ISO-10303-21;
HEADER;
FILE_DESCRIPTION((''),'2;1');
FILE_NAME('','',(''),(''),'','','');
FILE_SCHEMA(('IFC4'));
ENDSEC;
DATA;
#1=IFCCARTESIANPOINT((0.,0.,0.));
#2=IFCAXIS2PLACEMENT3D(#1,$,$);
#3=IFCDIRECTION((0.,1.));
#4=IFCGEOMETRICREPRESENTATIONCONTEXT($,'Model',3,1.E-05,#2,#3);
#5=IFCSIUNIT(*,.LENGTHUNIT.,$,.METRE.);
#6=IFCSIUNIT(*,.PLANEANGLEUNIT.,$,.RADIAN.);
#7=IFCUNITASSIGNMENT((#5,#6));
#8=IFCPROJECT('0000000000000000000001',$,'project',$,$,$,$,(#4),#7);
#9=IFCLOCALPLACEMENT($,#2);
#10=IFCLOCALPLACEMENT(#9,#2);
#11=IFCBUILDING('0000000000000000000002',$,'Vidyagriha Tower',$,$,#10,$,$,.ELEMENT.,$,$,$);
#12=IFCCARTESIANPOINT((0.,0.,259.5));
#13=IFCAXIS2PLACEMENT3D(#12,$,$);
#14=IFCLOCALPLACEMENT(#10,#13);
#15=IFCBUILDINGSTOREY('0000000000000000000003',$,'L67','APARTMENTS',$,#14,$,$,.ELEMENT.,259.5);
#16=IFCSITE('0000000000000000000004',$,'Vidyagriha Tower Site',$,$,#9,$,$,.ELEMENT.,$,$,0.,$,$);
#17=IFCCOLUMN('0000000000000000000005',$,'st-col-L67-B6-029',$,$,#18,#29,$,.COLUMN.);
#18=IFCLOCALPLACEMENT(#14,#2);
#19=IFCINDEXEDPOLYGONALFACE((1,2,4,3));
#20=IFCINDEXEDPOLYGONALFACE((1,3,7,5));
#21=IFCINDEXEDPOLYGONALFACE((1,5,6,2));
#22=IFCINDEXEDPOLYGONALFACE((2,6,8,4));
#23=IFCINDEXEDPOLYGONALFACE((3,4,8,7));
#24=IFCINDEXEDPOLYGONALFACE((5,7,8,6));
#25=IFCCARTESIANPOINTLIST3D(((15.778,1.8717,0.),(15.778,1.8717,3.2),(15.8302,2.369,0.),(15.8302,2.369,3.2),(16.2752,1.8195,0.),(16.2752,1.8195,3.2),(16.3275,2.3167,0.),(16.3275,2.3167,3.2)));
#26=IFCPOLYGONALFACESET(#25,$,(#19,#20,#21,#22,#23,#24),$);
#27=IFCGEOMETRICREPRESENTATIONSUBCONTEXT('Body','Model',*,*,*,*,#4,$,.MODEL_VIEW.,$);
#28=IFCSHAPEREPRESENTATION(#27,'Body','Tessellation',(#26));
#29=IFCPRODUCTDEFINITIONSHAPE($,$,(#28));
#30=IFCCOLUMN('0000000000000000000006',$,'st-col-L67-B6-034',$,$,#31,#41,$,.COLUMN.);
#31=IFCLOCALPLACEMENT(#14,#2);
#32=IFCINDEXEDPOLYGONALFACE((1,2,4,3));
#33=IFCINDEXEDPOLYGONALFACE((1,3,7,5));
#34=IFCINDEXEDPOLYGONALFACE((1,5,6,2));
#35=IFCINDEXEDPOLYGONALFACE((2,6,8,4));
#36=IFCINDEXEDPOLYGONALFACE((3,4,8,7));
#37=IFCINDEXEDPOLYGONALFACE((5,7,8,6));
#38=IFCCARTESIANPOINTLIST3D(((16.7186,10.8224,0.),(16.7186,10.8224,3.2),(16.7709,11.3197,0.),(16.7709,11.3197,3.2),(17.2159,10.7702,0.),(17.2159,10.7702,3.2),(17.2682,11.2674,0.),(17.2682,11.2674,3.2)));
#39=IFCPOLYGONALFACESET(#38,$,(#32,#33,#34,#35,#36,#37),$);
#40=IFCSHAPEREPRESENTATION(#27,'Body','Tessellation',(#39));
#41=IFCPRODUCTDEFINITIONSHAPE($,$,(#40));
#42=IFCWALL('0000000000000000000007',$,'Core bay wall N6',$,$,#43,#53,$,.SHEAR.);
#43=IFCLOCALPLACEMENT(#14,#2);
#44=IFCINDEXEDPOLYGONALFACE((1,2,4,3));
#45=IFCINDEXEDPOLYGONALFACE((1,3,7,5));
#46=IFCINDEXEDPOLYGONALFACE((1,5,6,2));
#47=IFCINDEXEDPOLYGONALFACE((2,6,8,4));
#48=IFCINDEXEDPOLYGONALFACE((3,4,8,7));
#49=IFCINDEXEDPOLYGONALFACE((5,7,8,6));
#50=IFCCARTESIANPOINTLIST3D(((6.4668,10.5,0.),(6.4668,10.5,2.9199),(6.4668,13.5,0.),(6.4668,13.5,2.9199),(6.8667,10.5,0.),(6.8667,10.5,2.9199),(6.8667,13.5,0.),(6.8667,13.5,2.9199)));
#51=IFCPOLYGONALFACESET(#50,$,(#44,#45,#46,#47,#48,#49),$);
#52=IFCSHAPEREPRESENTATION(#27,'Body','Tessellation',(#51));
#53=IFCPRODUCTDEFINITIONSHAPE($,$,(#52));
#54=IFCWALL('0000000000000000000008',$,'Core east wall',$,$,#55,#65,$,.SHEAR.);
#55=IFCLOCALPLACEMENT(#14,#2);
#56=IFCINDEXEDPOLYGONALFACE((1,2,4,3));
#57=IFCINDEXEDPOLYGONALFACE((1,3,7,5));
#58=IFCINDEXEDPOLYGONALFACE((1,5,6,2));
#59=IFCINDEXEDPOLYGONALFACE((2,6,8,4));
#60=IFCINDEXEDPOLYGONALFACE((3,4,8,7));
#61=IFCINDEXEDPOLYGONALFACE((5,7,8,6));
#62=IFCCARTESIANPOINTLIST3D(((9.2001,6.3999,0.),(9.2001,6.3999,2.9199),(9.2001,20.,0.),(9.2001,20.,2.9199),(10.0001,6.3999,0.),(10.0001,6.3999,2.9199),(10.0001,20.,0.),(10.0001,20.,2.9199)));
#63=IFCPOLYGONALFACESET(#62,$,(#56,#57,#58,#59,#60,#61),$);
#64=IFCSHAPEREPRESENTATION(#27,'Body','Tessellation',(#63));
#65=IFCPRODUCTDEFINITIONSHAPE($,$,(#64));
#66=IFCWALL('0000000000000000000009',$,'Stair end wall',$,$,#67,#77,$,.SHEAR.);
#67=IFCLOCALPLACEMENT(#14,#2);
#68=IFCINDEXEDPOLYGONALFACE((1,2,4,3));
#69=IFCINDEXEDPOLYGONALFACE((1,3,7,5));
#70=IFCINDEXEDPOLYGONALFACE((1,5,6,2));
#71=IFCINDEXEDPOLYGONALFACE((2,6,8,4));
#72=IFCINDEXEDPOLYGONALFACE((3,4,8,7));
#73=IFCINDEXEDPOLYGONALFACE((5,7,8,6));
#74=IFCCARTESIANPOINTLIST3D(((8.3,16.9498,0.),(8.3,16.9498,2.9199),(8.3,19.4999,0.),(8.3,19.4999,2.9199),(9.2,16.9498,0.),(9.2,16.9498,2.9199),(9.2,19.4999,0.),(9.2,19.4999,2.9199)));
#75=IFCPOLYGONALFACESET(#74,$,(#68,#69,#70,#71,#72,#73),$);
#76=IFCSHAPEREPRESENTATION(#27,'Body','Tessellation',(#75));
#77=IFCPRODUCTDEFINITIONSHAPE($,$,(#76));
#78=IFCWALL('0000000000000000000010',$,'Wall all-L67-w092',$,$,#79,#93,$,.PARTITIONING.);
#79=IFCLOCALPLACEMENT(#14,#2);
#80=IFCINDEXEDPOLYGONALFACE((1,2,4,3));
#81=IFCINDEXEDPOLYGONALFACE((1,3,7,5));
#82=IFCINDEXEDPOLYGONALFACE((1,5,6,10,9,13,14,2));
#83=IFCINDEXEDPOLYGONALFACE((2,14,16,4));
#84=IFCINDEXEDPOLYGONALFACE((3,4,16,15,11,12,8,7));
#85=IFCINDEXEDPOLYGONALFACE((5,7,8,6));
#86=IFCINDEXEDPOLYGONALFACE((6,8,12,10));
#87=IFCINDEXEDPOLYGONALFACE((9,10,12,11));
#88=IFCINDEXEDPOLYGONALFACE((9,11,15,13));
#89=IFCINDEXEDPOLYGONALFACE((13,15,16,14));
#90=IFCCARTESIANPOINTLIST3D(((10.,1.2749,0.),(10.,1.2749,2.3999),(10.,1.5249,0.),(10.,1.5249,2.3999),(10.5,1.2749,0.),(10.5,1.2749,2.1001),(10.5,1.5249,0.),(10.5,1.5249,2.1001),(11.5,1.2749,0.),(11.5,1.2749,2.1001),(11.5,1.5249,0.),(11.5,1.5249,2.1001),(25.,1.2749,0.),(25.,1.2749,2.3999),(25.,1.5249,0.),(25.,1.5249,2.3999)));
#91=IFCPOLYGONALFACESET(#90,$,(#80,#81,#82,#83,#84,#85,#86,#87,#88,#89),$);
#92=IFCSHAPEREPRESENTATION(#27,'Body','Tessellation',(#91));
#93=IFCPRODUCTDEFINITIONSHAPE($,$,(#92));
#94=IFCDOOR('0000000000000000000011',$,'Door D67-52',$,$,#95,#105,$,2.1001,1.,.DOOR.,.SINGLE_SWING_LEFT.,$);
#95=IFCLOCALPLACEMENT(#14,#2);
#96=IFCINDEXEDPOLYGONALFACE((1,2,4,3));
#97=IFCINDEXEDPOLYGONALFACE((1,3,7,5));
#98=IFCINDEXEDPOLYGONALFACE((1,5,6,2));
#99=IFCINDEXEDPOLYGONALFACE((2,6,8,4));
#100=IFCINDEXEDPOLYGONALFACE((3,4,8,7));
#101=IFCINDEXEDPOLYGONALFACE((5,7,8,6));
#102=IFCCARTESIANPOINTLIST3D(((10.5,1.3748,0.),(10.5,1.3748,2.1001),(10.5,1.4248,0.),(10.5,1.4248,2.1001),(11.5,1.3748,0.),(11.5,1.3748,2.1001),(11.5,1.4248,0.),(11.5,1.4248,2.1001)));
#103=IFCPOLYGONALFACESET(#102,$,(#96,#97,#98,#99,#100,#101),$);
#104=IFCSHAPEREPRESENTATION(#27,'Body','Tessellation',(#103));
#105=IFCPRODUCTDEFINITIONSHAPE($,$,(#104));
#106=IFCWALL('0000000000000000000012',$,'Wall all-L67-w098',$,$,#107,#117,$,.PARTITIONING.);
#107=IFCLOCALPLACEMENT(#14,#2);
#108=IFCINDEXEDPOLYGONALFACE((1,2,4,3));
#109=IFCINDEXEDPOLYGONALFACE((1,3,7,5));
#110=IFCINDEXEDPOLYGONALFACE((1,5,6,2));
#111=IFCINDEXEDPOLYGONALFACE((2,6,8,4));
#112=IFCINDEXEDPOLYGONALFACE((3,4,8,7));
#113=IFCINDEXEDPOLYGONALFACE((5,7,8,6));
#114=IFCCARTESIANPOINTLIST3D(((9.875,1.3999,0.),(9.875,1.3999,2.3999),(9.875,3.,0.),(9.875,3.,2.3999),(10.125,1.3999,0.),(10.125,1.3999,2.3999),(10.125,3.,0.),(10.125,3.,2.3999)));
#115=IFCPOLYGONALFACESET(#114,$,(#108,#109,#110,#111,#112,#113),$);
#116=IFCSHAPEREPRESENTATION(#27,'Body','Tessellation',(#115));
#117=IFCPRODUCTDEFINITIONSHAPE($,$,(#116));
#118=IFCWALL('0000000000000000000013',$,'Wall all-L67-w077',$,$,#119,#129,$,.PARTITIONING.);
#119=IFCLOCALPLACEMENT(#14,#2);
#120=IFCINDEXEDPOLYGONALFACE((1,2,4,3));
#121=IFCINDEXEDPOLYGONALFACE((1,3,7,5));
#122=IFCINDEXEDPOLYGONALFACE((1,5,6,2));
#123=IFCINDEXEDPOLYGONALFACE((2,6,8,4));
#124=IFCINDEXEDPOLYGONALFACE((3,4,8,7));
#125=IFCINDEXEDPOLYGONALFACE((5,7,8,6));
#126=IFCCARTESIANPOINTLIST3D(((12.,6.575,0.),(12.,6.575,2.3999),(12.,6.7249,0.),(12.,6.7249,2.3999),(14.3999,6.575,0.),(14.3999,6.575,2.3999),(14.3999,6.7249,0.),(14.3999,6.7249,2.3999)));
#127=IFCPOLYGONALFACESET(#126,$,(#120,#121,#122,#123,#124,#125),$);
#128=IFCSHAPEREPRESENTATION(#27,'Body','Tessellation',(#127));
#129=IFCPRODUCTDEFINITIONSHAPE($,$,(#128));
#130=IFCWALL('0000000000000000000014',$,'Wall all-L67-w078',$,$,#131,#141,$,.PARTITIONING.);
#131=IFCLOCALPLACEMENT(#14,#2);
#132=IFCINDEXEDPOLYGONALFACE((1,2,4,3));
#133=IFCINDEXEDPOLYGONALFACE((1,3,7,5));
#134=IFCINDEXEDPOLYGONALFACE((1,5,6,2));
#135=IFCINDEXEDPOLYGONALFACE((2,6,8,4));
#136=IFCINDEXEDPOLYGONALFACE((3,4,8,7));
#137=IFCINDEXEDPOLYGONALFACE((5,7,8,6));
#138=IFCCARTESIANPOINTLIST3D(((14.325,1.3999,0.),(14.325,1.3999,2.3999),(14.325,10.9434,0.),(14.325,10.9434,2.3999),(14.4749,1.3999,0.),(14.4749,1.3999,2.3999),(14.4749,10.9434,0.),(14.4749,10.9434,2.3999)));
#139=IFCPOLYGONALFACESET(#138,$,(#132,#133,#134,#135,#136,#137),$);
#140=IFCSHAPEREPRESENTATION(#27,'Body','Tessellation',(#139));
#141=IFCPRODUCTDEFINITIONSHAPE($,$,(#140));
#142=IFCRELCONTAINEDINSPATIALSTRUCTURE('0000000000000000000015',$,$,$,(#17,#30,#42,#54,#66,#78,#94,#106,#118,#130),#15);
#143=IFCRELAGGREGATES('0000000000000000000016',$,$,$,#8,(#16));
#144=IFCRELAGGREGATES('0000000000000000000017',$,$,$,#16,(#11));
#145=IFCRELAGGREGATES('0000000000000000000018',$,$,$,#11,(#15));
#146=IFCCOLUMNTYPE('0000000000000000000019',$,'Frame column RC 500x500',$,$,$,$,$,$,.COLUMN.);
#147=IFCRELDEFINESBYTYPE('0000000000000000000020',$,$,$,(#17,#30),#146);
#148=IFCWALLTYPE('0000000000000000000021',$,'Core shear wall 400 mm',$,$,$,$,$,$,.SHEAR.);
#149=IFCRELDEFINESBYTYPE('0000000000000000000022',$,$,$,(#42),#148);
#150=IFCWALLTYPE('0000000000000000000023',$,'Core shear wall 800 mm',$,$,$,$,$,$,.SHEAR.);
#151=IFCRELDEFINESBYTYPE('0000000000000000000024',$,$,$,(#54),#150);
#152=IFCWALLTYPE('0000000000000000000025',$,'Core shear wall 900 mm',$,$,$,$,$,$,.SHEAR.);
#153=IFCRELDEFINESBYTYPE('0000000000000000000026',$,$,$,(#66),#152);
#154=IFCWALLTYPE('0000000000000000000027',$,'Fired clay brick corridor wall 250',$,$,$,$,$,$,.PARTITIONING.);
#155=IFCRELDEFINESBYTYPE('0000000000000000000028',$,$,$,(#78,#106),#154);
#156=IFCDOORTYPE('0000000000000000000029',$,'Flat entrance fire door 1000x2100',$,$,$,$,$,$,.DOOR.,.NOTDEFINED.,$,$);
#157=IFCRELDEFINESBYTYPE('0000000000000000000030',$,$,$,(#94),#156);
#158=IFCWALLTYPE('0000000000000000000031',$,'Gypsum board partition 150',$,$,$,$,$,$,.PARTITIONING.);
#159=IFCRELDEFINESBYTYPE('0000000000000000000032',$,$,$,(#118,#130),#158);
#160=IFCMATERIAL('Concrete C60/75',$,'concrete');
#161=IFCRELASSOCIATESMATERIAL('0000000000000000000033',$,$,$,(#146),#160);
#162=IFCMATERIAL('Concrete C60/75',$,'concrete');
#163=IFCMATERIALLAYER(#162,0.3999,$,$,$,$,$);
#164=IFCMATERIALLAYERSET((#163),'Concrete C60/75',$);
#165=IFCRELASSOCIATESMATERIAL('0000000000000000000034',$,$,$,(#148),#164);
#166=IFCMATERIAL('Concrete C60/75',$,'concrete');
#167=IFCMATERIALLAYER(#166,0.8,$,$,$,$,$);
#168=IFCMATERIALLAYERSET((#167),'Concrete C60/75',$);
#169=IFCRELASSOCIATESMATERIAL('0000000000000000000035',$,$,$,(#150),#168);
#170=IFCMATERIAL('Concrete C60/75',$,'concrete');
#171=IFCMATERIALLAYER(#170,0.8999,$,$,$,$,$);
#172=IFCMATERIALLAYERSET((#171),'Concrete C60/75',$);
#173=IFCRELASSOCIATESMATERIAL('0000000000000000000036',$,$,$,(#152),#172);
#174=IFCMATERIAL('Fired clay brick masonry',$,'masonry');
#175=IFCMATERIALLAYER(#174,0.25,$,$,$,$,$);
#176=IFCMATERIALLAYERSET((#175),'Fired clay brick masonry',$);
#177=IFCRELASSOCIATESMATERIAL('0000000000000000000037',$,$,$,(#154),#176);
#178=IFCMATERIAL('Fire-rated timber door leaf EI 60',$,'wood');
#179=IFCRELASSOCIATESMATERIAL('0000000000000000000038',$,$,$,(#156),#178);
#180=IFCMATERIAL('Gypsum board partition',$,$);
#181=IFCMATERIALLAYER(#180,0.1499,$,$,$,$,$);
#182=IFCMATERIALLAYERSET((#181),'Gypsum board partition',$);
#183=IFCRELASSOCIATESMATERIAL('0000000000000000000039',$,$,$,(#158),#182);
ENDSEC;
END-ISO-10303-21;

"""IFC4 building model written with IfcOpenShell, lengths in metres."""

from ifc_helpers import new_model, si_unit, direction, frame, frame_2d, origin, origin_2d, place, context, subcontext, project, spatial, rectangle, extrude, material, layer, layer_set, material_profile, profile_set, type_object, element, fill, save


model = new_model("IFC4")

# Units and contexts
model_context = context("Model", 3, precision=1e-05, world=origin(), true_north=direction((0.0, 1.0)))
body_context = subcontext(model_context, "Body", "Model", "MODEL_VIEW")
ifc_project = project(units=[si_unit("LENGTHUNIT", "METRE"), si_unit("PLANEANGLEUNIT", "RADIAN")], contexts=[model_context])

# Site, building, storey
site_placement = place(None, origin())
site = spatial("IfcSite", under=ifc_project, at=site_placement, Name="Vidyagriha Tower Site", CompositionType="ELEMENT", RefElevation=0.0)
building_placement = place(site_placement, origin())
building = spatial("IfcBuilding", under=site, at=building_placement, Name="Vidyagriha Tower", CompositionType="ELEMENT")
storey_placement = place(building_placement, frame((0.0, 0.0, 259.5)))
storey = spatial("IfcBuildingStorey", under=building, at=storey_placement, Name="L67", Description="APARTMENTS", CompositionType="ELEMENT", Elevation=259.5)

# Columns
ifc_material_1 = material(Name="Concrete C60/75", Category="concrete")
ifc_material_profile = material_profile(ifc_material_1, rectangle(XDim=0.5, YDim=0.5, at=origin_2d()), Name="RC 500x500")
ifc_profile_set = profile_set([ifc_material_profile], Name="Concrete C60/75")
column_type = type_object("IfcColumnType", Name="Frame column RC 500x500", PredefinedType="COLUMN", material=ifc_profile_set)
for number, where, z_axis, x_axis, name in (
    (1, (16.0527, 2.0942, 0.0), (0.0, 0.0, 1.0), (0.994522, -0.104528, 0.0), "st-col-L67-B6-029"),
    (2, (16.9934, 11.0449, 0.0), (0.0, 0.0, 1.0), (0.994522, -0.104528, 0.0), "st-col-L67-B6-034"),
):
    element("IfcColumn", number, at=place(storey_placement, frame(where, z_axis=z_axis, x_axis=x_axis)), inside=storey, type_object=column_type, Name=name, PredefinedType="COLUMN", context=body_context, shape_type="SweptSolid", body=[
        extrude(rectangle(XDim=0.5, YDim=0.5, at=origin_2d()), origin(), (0.0, 0.0, 1.0), 3.2),
    ])

# Walls
ifc_material_2 = material(Name="Concrete C60/75", Category="concrete")
ifc_layer_1 = layer(ifc_material_2, 0.3999)
ifc_layer_set_1 = layer_set([ifc_layer_1], Name="Concrete C60/75")
wall_type_1 = type_object("IfcWallType", Name="Core shear wall 400 mm", PredefinedType="SHEAR", material=ifc_layer_set_1)
wall_1_placement = place(storey_placement, frame((6.6667, 10.5, 0.0), z_axis=(0.0, 0.0, 1.0), x_axis=(0.0, 1.0, 0.0)))
element("IfcWall", 3, at=wall_1_placement, inside=storey, type_object=wall_type_1, Name="Core bay wall N6", PredefinedType="SHEAR", context=body_context, shape_type="SweptSolid", body=[
    extrude(rectangle(XDim=3.0, YDim=0.3999, at=frame_2d((1.5, 0.0))), origin(), (0.0, 0.0, 1.0), 2.9199),
])
ifc_material_3 = material(Name="Concrete C60/75", Category="concrete")
ifc_layer_2 = layer(ifc_material_3, 0.8)
ifc_layer_set_2 = layer_set([ifc_layer_2], Name="Concrete C60/75")
wall_type_2 = type_object("IfcWallType", Name="Core shear wall 800 mm", PredefinedType="SHEAR", material=ifc_layer_set_2)
wall_2_placement = place(storey_placement, frame((9.6001, 6.3999, 0.0), z_axis=(0.0, 0.0, 1.0), x_axis=(0.0, 1.0, 0.0)))
element("IfcWall", 4, at=wall_2_placement, inside=storey, type_object=wall_type_2, Name="Core east wall", PredefinedType="SHEAR", context=body_context, shape_type="SweptSolid", body=[
    extrude(rectangle(XDim=13.6001, YDim=0.8, at=frame_2d((6.8, 0.0))), origin(), (0.0, 0.0, 1.0), 2.9199),
])
ifc_material_4 = material(Name="Concrete C60/75", Category="concrete")
ifc_layer_3 = layer(ifc_material_4, 0.8999)
ifc_layer_set_3 = layer_set([ifc_layer_3], Name="Concrete C60/75")
wall_type_3 = type_object("IfcWallType", Name="Core shear wall 900 mm", PredefinedType="SHEAR", material=ifc_layer_set_3)
wall_3_placement = place(storey_placement, frame((8.75, 16.95, 0.0), z_axis=(0.0, 0.0, 1.0), x_axis=(0.0, 1.0, 0.0)))
element("IfcWall", 5, at=wall_3_placement, inside=storey, type_object=wall_type_3, Name="Stair end wall", PredefinedType="SHEAR", context=body_context, shape_type="SweptSolid", body=[
    extrude(rectangle(XDim=2.55, YDim=0.8999, at=frame_2d((1.2749, 0.0))), origin(), (0.0, 0.0, 1.0), 2.9199),
])

# Wall, opening, door
ifc_material_5 = material(Name="Fired clay brick masonry", Category="masonry")
ifc_layer_4 = layer(ifc_material_5, 0.25)
ifc_layer_set_4 = layer_set([ifc_layer_4], Name="Fired clay brick masonry")
wall_type_4 = type_object("IfcWallType", Name="Fired clay brick corridor wall 250", PredefinedType="PARTITIONING", material=ifc_layer_set_4)
wall_4_placement = place(storey_placement, frame((10.0, 1.3999, 0.0)))
wall_4 = element("IfcWall", 6, at=wall_4_placement, inside=storey, type_object=wall_type_4, Name="Wall all-L67-w092", PredefinedType="PARTITIONING", context=body_context, shape_type="SweptSolid", body=[
    extrude(rectangle(XDim=15.0, YDim=0.25, at=frame_2d((7.5, 0.0))), origin(), (0.0, 0.0, 1.0), 2.3999),
])
opening_1_placement = place(wall_4_placement, frame((0.5, 0.0, 0.0)))
opening_1 = element("IfcOpeningElement", 7, at=opening_1_placement, cuts=wall_4, PredefinedType="OPENING", context=body_context, shape_type="SweptSolid", body=[
    extrude(rectangle(XDim=1.0, YDim=2.1001, at=frame_2d((0.5, 1.05))), frame((0.0, 0.135, 0.0), z_axis=(0.0, -1.0, 0.0), x_axis=(1.0, 0.0, 0.0)), (0.0, 0.0, 1.0), 0.27),
])
ifc_material_6 = material(Name="Fire-rated timber door leaf EI 60", Category="wood")
door_type_1 = type_object("IfcDoorType", Name="Flat entrance fire door 1000x2100", OperationType="NOTDEFINED", PredefinedType="DOOR", material=ifc_material_6)
door_1_placement = place(opening_1_placement, origin())
door_1 = element("IfcDoor", 8, at=door_1_placement, inside=storey, type_object=door_type_1, Name="Door D67-52", OperationType="SINGLE_SWING_LEFT", OverallHeight=2.1001, OverallWidth=1.0, PredefinedType="DOOR", context=body_context, shape_type="SweptSolid", body=[
    extrude(rectangle(XDim=1.0, YDim=2.1001, at=frame_2d((0.5, 1.05))), frame((0.0, 0.0249, 0.0), z_axis=(0.0, -1.0, 0.0), x_axis=(1.0, 0.0, 0.0)), (0.0, 0.0, 1.0), 0.05),
])
fill(opening_1, door_1)

# Walls
wall_5_placement = place(storey_placement, frame((10.0, 1.3999, 0.0), z_axis=(0.0, 0.0, 1.0), x_axis=(0.0, 1.0, 0.0)))
element("IfcWall", 9, at=wall_5_placement, inside=storey, type_object=wall_type_4, Name="Wall all-L67-w098", PredefinedType="PARTITIONING", context=body_context, shape_type="SweptSolid", body=[
    extrude(rectangle(XDim=1.6001, YDim=0.25, at=frame_2d((0.8, 0.0))), origin(), (0.0, 0.0, 1.0), 2.3999),
])
ifc_material_7 = material(Name="Gypsum board partition")
ifc_layer_5 = layer(ifc_material_7, 0.1499)
ifc_layer_set_5 = layer_set([ifc_layer_5], Name="Gypsum board partition")
wall_type_5 = type_object("IfcWallType", Name="Gypsum board partition 150", PredefinedType="PARTITIONING", material=ifc_layer_set_5)
wall_6_placement = place(storey_placement, frame((12.0, 6.6499, 0.0)))
element("IfcWall", 10, at=wall_6_placement, inside=storey, type_object=wall_type_5, Name="Wall all-L67-w077", PredefinedType="PARTITIONING", context=body_context, shape_type="SweptSolid", body=[
    extrude(rectangle(XDim=2.3999, YDim=0.1499, at=frame_2d((1.2, 0.0))), origin(), (0.0, 0.0, 1.0), 2.3999),
])
wall_7_placement = place(storey_placement, frame((14.3999, 10.9434, 0.0), z_axis=(0.0, 0.0, 1.0), x_axis=(0.0, -1.0, 0.0)))
element("IfcWall", 11, at=wall_7_placement, inside=storey, type_object=wall_type_5, Name="Wall all-L67-w078", PredefinedType="PARTITIONING", context=body_context, shape_type="SweptSolid", body=[
    extrude(rectangle(XDim=9.5435, YDim=0.1499, at=frame_2d((4.7717, 0.0))), origin(), (0.0, 0.0, 1.0), 2.3999),
])

save(model, "model.ifc")
